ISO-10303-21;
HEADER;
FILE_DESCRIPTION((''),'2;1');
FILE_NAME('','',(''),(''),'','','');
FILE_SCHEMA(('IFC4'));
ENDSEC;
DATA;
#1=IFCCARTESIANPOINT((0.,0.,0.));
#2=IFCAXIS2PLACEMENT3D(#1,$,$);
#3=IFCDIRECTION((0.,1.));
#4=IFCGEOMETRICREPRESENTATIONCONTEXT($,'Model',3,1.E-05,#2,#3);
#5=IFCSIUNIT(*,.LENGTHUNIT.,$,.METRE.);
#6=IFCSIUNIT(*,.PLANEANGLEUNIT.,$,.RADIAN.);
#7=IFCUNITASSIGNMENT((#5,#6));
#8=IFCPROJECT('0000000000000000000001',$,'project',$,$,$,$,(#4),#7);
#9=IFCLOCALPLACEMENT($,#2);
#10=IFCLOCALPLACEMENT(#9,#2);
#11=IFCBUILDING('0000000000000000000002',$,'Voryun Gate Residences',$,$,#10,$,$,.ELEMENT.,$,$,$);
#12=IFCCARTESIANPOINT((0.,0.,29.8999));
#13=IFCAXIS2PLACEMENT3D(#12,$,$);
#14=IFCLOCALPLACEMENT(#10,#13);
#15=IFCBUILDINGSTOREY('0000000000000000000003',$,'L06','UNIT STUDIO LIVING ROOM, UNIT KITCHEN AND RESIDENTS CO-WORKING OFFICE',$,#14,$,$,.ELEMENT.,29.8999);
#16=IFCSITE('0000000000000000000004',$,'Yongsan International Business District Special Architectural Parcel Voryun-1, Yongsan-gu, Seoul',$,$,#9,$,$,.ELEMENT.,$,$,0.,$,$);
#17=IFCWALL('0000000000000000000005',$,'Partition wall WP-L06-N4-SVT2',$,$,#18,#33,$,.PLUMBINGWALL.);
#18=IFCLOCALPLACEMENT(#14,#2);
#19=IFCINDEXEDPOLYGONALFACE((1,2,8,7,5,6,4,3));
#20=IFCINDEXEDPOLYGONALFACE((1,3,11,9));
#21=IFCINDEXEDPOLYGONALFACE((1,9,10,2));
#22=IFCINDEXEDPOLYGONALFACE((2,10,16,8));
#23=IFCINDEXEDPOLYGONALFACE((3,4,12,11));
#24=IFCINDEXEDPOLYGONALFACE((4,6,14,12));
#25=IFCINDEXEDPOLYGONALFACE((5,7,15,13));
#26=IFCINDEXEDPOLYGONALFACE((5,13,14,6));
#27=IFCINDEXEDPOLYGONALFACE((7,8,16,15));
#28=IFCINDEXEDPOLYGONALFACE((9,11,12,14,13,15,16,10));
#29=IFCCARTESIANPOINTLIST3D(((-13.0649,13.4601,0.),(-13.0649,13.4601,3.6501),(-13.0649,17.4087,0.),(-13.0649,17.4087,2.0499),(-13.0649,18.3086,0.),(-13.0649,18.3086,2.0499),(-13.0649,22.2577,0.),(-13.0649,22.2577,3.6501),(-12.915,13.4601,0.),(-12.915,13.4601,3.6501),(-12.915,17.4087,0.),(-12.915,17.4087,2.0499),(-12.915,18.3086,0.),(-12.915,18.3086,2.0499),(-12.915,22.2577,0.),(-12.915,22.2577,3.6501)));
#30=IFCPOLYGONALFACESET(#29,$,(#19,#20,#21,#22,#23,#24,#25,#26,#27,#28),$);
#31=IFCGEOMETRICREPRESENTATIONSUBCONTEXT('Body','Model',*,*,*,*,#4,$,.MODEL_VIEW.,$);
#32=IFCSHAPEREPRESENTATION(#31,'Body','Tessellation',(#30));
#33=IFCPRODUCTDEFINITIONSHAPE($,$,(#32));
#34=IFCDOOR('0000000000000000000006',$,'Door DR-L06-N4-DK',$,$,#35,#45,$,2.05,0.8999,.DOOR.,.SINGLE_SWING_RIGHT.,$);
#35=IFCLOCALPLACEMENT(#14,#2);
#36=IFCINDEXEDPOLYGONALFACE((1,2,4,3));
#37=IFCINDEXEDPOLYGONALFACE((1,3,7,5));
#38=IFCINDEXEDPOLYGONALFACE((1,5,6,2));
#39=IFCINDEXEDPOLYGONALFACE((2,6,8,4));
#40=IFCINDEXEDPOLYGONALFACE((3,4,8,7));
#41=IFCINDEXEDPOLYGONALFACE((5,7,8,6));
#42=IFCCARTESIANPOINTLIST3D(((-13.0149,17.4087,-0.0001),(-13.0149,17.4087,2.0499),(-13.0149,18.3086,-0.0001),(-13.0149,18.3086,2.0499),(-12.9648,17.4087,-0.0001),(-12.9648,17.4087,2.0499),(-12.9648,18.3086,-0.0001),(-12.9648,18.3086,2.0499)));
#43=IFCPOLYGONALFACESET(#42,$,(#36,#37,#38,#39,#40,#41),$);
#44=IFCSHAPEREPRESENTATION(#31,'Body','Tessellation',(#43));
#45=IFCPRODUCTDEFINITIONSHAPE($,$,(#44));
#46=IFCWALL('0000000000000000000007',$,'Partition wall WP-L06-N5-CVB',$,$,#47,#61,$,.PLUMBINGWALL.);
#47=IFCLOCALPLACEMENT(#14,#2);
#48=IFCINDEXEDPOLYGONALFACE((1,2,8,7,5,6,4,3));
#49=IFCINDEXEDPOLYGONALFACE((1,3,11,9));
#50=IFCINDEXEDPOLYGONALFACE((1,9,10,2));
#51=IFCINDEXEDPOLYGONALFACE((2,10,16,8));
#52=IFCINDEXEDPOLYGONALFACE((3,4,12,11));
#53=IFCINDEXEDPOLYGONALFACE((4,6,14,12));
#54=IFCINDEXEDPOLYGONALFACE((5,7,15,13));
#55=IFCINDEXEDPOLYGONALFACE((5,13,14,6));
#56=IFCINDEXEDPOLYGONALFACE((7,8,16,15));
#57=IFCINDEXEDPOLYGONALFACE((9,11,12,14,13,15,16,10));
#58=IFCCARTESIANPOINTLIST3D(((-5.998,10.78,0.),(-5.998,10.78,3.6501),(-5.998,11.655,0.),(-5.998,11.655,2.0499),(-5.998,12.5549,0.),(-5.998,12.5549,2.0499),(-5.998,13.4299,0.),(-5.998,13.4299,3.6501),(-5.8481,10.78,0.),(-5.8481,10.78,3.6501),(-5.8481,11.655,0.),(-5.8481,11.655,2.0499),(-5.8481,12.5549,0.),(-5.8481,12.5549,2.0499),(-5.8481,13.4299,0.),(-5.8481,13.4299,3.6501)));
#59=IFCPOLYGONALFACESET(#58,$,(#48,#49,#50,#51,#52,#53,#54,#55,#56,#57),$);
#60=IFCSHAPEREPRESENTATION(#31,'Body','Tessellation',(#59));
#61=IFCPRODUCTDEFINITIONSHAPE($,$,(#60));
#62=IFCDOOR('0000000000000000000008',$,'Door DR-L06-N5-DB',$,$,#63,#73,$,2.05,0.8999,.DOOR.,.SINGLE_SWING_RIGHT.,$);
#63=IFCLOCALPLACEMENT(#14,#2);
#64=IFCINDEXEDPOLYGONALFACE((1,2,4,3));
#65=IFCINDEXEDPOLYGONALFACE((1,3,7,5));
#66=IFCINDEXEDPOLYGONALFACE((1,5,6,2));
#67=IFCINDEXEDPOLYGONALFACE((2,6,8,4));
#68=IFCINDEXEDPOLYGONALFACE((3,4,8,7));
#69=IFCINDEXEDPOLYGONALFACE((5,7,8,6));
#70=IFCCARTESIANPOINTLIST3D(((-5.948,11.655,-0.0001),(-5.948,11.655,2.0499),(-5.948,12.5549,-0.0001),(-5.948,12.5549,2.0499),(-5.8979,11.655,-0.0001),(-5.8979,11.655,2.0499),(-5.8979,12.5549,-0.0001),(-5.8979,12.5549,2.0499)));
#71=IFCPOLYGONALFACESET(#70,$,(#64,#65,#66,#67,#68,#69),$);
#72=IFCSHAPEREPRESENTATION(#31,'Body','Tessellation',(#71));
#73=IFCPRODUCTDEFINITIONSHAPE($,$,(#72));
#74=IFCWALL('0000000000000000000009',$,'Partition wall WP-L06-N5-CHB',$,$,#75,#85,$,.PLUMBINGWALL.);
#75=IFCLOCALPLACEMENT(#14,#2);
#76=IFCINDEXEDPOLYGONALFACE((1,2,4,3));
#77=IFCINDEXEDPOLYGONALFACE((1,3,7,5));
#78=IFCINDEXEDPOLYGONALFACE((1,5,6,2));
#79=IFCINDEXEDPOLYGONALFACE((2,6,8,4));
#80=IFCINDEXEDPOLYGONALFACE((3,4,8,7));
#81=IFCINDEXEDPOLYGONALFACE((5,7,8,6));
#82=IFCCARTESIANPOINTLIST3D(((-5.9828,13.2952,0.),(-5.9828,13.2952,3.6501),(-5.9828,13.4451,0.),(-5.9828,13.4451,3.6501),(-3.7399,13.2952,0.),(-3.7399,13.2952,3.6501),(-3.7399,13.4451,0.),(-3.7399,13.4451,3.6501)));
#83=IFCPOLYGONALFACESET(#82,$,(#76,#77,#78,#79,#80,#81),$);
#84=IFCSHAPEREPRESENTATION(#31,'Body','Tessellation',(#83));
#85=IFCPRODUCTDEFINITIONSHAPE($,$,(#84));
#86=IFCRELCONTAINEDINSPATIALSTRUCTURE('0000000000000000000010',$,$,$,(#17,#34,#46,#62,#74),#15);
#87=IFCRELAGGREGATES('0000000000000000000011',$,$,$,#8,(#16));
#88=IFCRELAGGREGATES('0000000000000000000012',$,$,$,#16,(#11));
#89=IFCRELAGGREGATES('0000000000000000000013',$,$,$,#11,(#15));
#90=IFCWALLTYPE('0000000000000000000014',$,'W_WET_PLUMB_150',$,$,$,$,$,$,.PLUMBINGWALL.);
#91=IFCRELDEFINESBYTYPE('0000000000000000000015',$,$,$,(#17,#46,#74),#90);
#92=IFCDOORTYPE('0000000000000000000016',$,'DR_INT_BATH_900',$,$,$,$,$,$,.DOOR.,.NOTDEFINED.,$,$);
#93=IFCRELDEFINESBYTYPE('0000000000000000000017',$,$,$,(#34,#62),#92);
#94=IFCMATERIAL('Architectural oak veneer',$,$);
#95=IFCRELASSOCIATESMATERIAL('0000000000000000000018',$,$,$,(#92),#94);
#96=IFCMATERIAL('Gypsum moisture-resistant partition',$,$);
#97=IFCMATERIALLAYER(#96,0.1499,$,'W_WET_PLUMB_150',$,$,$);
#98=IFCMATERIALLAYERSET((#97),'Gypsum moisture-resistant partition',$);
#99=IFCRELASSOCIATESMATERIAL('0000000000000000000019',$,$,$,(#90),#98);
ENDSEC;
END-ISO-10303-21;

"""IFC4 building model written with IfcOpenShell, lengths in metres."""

from ifc_helpers import new_model, si_unit, direction, frame, frame_2d, origin, place, context, subcontext, project, spatial, rectangle, extrude, material, layer, layer_set, type_object, element, fill, save


model = new_model("IFC4")

# Units and contexts
model_context = context("Model", 3, precision=1e-05, world=origin(), true_north=direction((0.0, 1.0)))
body_context = subcontext(model_context, "Body", "Model", "MODEL_VIEW")
ifc_project = project(units=[si_unit("LENGTHUNIT", "METRE"), si_unit("PLANEANGLEUNIT", "RADIAN")], contexts=[model_context])

# Site, building, storey
site_placement = place(None, origin())
site = spatial("IfcSite", under=ifc_project, at=site_placement, Name="Yongsan International Business District Special Architectural Parcel Voryun-1, Yongsan-gu, Seoul", CompositionType="ELEMENT", RefElevation=0.0)
building_placement = place(site_placement, origin())
building = spatial("IfcBuilding", under=site, at=building_placement, Name="Voryun Gate Residences", CompositionType="ELEMENT")
storey_placement = place(building_placement, frame((0.0, 0.0, 29.8999)))
storey = spatial("IfcBuildingStorey", under=building, at=storey_placement, Name="L06", Description="UNIT STUDIO LIVING ROOM, UNIT KITCHEN AND RESIDENTS CO-WORKING OFFICE", CompositionType="ELEMENT", Elevation=29.8999)

# Shared definitions
ifc_material_1 = material(Name="Architectural oak veneer")
door_type_1 = type_object("IfcDoorType", Name="DR_INT_BATH_900", OperationType="NOTDEFINED", PredefinedType="DOOR", material=ifc_material_1)

# Shared definitions
ifc_material_2 = material(Name="Gypsum moisture-resistant partition")
ifc_layer_1 = layer(ifc_material_2, 0.1499, Name="W_WET_PLUMB_150")
ifc_layer_set_1 = layer_set([ifc_layer_1], Name="Gypsum moisture-resistant partition")
wall_type_1 = type_object("IfcWallType", Name="W_WET_PLUMB_150", PredefinedType="PLUMBINGWALL", material=ifc_layer_set_1)

# Walls, openings, doors
wall_1_placement = place(storey_placement, frame((-12.99, 13.46, 0.0), z_axis=(0.0, 0.0, 1.0), x_axis=(0.0, 1.0, 0.0)))
wall_1 = element("IfcWall", 1, at=wall_1_placement, inside=storey, type_object=wall_type_1, Name="Partition wall WP-L06-N4-SVT2", PredefinedType="PLUMBINGWALL", context=body_context, shape_type="SweptSolid", body=[
    extrude(rectangle(XDim=8.7976, YDim=0.1499, at=frame_2d((4.3989, 0.0))), origin(), (0.0, 0.0, 1.0), 3.6501),
])
opening_1_placement = place(wall_1_placement, frame((3.9487, 0.0, 0.0)))
opening_1 = element("IfcOpeningElement", 2, at=opening_1_placement, cuts=wall_1, PredefinedType="OPENING", context=body_context, shape_type="SweptSolid", body=[
    extrude(rectangle(XDim=0.8999, YDim=2.05, at=frame_2d((0.45, 1.0249))), frame((0.0, 0.085, 0.0), z_axis=(0.0, -1.0, 0.0), x_axis=(1.0, 0.0, 0.0)), (0.0, 0.0, 1.0), 0.1699),
])
door_1_placement = place(opening_1_placement, origin())
door_1 = element("IfcDoor", 3, at=door_1_placement, inside=storey, type_object=door_type_1, Name="Door DR-L06-N4-DK", OperationType="SINGLE_SWING_RIGHT", OverallHeight=2.05, OverallWidth=0.8999, PredefinedType="DOOR", context=body_context, shape_type="SweptSolid", body=[
    extrude(rectangle(XDim=0.8999, YDim=2.05, at=frame_2d((0.45, 1.0249))), frame((0.0, 0.0249, 0.0), z_axis=(0.0, -1.0, 0.0), x_axis=(1.0, 0.0, 0.0)), (0.0, 0.0, 1.0), 0.05),
])
fill(opening_1, door_1)
wall_2_placement = place(storey_placement, frame((-5.9231, 10.78, 0.0), z_axis=(0.0, 0.0, 1.0), x_axis=(0.0, 1.0, 0.0)))
wall_2 = element("IfcWall", 4, at=wall_2_placement, inside=storey, type_object=wall_type_1, Name="Partition wall WP-L06-N5-CVB", PredefinedType="PLUMBINGWALL", context=body_context, shape_type="SweptSolid", body=[
    extrude(rectangle(XDim=2.6499, YDim=0.1499, at=frame_2d((1.325, 0.0))), origin(), (0.0, 0.0, 1.0), 3.6501),
])
opening_2_placement = place(wall_2_placement, frame((0.875, 0.0, 0.0)))
opening_2 = element("IfcOpeningElement", 5, at=opening_2_placement, cuts=wall_2, PredefinedType="OPENING", context=body_context, shape_type="SweptSolid", body=[
    extrude(rectangle(XDim=0.8999, YDim=2.05, at=frame_2d((0.45, 1.0249))), frame((0.0, 0.085, 0.0), z_axis=(0.0, -1.0, 0.0), x_axis=(1.0, 0.0, 0.0)), (0.0, 0.0, 1.0), 0.1699),
])
door_2_placement = place(opening_2_placement, origin())
door_2 = element("IfcDoor", 6, at=door_2_placement, inside=storey, type_object=door_type_1, Name="Door DR-L06-N5-DB", OperationType="SINGLE_SWING_RIGHT", OverallHeight=2.05, OverallWidth=0.8999, PredefinedType="DOOR", context=body_context, shape_type="SweptSolid", body=[
    extrude(rectangle(XDim=0.8999, YDim=2.05, at=frame_2d((0.45, 1.0249))), frame((0.0, 0.0249, 0.0), z_axis=(0.0, -1.0, 0.0), x_axis=(1.0, 0.0, 0.0)), (0.0, 0.0, 1.0), 0.05),
])
fill(opening_2, door_2)

# Wall
wall_3_placement = place(storey_placement, frame((-5.9829, 13.3701, 0.0), z_axis=(0.0, 0.0, 1.0), x_axis=(1.0, 0.0, 0.0)))
element("IfcWall", 7, at=wall_3_placement, inside=storey, type_object=wall_type_1, Name="Partition wall WP-L06-N5-CHB", PredefinedType="PLUMBINGWALL", context=body_context, shape_type="SweptSolid", body=[
    extrude(rectangle(XDim=2.2429, YDim=0.1499, at=frame_2d((1.1216, 0.0))), origin(), (0.0, 0.0, 1.0), 3.6501),
])

save(model, "model.ifc")
